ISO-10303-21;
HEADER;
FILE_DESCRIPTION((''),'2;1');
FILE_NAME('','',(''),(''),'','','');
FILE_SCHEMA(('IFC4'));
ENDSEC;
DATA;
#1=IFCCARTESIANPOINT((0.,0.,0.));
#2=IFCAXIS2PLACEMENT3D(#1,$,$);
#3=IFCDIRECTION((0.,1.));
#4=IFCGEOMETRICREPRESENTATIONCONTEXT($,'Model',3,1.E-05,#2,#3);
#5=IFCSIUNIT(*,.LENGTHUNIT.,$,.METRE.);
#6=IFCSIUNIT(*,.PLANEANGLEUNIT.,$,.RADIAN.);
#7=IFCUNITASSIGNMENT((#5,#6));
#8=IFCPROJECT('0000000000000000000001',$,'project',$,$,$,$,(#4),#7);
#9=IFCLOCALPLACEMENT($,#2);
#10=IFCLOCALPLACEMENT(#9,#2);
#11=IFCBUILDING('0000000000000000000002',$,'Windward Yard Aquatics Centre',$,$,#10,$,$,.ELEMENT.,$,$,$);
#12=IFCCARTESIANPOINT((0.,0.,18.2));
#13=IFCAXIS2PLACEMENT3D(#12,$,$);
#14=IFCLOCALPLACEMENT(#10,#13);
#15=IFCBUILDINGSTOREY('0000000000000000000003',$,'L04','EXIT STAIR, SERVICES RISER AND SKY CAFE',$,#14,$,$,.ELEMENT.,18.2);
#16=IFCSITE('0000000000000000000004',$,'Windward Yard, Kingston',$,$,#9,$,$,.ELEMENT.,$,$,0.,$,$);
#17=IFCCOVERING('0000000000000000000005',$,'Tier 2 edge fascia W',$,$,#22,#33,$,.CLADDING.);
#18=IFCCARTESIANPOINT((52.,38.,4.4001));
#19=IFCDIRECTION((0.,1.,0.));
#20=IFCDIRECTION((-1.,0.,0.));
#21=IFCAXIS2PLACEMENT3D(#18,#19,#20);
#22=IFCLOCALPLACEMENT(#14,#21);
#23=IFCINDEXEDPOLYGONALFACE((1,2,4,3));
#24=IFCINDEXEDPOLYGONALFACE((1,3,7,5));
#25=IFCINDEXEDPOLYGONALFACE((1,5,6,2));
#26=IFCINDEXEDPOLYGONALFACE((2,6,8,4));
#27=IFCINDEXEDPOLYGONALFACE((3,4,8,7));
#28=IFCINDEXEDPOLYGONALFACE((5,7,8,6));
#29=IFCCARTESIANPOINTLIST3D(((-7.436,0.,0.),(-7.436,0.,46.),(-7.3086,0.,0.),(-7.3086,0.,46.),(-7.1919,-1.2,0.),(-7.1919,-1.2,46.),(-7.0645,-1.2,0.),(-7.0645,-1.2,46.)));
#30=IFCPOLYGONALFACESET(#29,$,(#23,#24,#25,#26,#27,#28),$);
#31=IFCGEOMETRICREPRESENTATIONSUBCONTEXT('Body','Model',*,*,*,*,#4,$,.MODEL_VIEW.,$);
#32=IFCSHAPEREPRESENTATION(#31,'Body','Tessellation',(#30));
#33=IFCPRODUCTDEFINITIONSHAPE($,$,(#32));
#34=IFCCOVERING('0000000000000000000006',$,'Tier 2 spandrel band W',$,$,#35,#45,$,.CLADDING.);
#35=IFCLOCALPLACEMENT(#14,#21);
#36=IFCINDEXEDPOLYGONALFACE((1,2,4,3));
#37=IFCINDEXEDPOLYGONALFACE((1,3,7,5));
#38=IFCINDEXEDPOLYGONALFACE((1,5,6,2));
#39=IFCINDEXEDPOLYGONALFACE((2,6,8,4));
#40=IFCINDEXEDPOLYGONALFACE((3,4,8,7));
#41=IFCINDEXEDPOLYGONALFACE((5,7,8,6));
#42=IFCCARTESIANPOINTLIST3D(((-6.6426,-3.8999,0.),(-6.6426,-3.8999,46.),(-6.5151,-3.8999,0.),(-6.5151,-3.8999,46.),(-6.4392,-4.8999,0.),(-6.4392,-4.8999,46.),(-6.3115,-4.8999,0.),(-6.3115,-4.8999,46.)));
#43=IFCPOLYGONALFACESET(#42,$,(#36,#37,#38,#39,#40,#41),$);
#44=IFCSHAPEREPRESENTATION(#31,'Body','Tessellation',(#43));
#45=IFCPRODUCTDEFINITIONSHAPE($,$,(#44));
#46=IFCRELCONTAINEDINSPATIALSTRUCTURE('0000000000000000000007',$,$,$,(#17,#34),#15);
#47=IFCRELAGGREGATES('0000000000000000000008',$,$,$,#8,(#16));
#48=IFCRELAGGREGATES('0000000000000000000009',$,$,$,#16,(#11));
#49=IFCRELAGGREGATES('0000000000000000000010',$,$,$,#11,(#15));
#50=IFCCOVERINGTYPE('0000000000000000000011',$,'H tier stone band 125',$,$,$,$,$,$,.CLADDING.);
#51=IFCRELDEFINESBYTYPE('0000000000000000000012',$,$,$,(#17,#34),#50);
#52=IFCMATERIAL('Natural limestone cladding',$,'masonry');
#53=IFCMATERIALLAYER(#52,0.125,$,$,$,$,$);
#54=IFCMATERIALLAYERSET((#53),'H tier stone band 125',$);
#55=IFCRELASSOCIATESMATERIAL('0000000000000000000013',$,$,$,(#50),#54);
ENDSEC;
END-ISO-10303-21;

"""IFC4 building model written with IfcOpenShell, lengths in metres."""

from ifc_helpers import new_model, si_unit, direction, frame, origin, place, context, subcontext, project, spatial, polyline, outline, extrude, material, layer, layer_set, type_object, element, save


model = new_model("IFC4")

# Units and contexts
model_context = context("Model", 3, precision=1e-05, world=origin(), true_north=direction((0.0, 1.0)))
body_context = subcontext(model_context, "Body", "Model", "MODEL_VIEW")
ifc_project = project(units=[si_unit("LENGTHUNIT", "METRE"), si_unit("PLANEANGLEUNIT", "RADIAN")], contexts=[model_context])

# Site, building, storey
site_placement = place(None, origin())
site = spatial("IfcSite", under=ifc_project, at=site_placement, Name="Windward Yard, Kingston", CompositionType="ELEMENT", RefElevation=0.0)
building_placement = place(site_placement, origin())
building = spatial("IfcBuilding", under=site, at=building_placement, Name="Windward Yard Aquatics Centre", CompositionType="ELEMENT")
storey_placement = place(building_placement, frame((0.0, 0.0, 18.2)))
storey = spatial("IfcBuildingStorey", under=building, at=storey_placement, Name="L04", Description="EXIT STAIR, SERVICES RISER AND SKY CAFE", CompositionType="ELEMENT", Elevation=18.2)

# Coverings
ifc_material_1 = material(Name="Natural limestone cladding", Category="masonry")
ifc_layer_1 = layer(ifc_material_1, 0.125)
ifc_layer_set_1 = layer_set([ifc_layer_1], Name="H tier stone band 125")
covering_type_1 = type_object("IfcCoveringType", Name="H tier stone band 125", PredefinedType="CLADDING", material=ifc_layer_set_1)
covering_1_placement = place(storey_placement, frame((52.0, 38.0, 4.4001), z_axis=(0.0, 1.0, 0.0), x_axis=(-1.0, 0.0, 0.0)))
element("IfcCovering", 1, at=covering_1_placement, inside=storey, type_object=covering_type_1, Name="Tier 2 edge fascia W", PredefinedType="CLADDING", context=body_context, shape_type="SweptSolid", body=[
    extrude(outline(polyline([(-7.0645, -1.2), (-7.1919, -1.2), (-7.436, 0.0), (-7.3086, 0.0), (-7.0645, -1.2)])), origin(), (0.0, 0.0, 1.0), 46.0),
])
covering_2_placement = place(storey_placement, frame((52.0, 38.0, 4.4001), z_axis=(0.0, 1.0, 0.0), x_axis=(-1.0, 0.0, 0.0)))
element("IfcCovering", 2, at=covering_2_placement, inside=storey, type_object=covering_type_1, Name="Tier 2 spandrel band W", PredefinedType="CLADDING", context=body_context, shape_type="SweptSolid", body=[
    extrude(outline(polyline([(-6.3115, -4.8999), (-6.4392, -4.8999), (-6.6426, -3.8999), (-6.5151, -3.8999), (-6.3115, -4.8999)])), origin(), (0.0, 0.0, 1.0), 46.0),
])

save(model, "model.ifc")
